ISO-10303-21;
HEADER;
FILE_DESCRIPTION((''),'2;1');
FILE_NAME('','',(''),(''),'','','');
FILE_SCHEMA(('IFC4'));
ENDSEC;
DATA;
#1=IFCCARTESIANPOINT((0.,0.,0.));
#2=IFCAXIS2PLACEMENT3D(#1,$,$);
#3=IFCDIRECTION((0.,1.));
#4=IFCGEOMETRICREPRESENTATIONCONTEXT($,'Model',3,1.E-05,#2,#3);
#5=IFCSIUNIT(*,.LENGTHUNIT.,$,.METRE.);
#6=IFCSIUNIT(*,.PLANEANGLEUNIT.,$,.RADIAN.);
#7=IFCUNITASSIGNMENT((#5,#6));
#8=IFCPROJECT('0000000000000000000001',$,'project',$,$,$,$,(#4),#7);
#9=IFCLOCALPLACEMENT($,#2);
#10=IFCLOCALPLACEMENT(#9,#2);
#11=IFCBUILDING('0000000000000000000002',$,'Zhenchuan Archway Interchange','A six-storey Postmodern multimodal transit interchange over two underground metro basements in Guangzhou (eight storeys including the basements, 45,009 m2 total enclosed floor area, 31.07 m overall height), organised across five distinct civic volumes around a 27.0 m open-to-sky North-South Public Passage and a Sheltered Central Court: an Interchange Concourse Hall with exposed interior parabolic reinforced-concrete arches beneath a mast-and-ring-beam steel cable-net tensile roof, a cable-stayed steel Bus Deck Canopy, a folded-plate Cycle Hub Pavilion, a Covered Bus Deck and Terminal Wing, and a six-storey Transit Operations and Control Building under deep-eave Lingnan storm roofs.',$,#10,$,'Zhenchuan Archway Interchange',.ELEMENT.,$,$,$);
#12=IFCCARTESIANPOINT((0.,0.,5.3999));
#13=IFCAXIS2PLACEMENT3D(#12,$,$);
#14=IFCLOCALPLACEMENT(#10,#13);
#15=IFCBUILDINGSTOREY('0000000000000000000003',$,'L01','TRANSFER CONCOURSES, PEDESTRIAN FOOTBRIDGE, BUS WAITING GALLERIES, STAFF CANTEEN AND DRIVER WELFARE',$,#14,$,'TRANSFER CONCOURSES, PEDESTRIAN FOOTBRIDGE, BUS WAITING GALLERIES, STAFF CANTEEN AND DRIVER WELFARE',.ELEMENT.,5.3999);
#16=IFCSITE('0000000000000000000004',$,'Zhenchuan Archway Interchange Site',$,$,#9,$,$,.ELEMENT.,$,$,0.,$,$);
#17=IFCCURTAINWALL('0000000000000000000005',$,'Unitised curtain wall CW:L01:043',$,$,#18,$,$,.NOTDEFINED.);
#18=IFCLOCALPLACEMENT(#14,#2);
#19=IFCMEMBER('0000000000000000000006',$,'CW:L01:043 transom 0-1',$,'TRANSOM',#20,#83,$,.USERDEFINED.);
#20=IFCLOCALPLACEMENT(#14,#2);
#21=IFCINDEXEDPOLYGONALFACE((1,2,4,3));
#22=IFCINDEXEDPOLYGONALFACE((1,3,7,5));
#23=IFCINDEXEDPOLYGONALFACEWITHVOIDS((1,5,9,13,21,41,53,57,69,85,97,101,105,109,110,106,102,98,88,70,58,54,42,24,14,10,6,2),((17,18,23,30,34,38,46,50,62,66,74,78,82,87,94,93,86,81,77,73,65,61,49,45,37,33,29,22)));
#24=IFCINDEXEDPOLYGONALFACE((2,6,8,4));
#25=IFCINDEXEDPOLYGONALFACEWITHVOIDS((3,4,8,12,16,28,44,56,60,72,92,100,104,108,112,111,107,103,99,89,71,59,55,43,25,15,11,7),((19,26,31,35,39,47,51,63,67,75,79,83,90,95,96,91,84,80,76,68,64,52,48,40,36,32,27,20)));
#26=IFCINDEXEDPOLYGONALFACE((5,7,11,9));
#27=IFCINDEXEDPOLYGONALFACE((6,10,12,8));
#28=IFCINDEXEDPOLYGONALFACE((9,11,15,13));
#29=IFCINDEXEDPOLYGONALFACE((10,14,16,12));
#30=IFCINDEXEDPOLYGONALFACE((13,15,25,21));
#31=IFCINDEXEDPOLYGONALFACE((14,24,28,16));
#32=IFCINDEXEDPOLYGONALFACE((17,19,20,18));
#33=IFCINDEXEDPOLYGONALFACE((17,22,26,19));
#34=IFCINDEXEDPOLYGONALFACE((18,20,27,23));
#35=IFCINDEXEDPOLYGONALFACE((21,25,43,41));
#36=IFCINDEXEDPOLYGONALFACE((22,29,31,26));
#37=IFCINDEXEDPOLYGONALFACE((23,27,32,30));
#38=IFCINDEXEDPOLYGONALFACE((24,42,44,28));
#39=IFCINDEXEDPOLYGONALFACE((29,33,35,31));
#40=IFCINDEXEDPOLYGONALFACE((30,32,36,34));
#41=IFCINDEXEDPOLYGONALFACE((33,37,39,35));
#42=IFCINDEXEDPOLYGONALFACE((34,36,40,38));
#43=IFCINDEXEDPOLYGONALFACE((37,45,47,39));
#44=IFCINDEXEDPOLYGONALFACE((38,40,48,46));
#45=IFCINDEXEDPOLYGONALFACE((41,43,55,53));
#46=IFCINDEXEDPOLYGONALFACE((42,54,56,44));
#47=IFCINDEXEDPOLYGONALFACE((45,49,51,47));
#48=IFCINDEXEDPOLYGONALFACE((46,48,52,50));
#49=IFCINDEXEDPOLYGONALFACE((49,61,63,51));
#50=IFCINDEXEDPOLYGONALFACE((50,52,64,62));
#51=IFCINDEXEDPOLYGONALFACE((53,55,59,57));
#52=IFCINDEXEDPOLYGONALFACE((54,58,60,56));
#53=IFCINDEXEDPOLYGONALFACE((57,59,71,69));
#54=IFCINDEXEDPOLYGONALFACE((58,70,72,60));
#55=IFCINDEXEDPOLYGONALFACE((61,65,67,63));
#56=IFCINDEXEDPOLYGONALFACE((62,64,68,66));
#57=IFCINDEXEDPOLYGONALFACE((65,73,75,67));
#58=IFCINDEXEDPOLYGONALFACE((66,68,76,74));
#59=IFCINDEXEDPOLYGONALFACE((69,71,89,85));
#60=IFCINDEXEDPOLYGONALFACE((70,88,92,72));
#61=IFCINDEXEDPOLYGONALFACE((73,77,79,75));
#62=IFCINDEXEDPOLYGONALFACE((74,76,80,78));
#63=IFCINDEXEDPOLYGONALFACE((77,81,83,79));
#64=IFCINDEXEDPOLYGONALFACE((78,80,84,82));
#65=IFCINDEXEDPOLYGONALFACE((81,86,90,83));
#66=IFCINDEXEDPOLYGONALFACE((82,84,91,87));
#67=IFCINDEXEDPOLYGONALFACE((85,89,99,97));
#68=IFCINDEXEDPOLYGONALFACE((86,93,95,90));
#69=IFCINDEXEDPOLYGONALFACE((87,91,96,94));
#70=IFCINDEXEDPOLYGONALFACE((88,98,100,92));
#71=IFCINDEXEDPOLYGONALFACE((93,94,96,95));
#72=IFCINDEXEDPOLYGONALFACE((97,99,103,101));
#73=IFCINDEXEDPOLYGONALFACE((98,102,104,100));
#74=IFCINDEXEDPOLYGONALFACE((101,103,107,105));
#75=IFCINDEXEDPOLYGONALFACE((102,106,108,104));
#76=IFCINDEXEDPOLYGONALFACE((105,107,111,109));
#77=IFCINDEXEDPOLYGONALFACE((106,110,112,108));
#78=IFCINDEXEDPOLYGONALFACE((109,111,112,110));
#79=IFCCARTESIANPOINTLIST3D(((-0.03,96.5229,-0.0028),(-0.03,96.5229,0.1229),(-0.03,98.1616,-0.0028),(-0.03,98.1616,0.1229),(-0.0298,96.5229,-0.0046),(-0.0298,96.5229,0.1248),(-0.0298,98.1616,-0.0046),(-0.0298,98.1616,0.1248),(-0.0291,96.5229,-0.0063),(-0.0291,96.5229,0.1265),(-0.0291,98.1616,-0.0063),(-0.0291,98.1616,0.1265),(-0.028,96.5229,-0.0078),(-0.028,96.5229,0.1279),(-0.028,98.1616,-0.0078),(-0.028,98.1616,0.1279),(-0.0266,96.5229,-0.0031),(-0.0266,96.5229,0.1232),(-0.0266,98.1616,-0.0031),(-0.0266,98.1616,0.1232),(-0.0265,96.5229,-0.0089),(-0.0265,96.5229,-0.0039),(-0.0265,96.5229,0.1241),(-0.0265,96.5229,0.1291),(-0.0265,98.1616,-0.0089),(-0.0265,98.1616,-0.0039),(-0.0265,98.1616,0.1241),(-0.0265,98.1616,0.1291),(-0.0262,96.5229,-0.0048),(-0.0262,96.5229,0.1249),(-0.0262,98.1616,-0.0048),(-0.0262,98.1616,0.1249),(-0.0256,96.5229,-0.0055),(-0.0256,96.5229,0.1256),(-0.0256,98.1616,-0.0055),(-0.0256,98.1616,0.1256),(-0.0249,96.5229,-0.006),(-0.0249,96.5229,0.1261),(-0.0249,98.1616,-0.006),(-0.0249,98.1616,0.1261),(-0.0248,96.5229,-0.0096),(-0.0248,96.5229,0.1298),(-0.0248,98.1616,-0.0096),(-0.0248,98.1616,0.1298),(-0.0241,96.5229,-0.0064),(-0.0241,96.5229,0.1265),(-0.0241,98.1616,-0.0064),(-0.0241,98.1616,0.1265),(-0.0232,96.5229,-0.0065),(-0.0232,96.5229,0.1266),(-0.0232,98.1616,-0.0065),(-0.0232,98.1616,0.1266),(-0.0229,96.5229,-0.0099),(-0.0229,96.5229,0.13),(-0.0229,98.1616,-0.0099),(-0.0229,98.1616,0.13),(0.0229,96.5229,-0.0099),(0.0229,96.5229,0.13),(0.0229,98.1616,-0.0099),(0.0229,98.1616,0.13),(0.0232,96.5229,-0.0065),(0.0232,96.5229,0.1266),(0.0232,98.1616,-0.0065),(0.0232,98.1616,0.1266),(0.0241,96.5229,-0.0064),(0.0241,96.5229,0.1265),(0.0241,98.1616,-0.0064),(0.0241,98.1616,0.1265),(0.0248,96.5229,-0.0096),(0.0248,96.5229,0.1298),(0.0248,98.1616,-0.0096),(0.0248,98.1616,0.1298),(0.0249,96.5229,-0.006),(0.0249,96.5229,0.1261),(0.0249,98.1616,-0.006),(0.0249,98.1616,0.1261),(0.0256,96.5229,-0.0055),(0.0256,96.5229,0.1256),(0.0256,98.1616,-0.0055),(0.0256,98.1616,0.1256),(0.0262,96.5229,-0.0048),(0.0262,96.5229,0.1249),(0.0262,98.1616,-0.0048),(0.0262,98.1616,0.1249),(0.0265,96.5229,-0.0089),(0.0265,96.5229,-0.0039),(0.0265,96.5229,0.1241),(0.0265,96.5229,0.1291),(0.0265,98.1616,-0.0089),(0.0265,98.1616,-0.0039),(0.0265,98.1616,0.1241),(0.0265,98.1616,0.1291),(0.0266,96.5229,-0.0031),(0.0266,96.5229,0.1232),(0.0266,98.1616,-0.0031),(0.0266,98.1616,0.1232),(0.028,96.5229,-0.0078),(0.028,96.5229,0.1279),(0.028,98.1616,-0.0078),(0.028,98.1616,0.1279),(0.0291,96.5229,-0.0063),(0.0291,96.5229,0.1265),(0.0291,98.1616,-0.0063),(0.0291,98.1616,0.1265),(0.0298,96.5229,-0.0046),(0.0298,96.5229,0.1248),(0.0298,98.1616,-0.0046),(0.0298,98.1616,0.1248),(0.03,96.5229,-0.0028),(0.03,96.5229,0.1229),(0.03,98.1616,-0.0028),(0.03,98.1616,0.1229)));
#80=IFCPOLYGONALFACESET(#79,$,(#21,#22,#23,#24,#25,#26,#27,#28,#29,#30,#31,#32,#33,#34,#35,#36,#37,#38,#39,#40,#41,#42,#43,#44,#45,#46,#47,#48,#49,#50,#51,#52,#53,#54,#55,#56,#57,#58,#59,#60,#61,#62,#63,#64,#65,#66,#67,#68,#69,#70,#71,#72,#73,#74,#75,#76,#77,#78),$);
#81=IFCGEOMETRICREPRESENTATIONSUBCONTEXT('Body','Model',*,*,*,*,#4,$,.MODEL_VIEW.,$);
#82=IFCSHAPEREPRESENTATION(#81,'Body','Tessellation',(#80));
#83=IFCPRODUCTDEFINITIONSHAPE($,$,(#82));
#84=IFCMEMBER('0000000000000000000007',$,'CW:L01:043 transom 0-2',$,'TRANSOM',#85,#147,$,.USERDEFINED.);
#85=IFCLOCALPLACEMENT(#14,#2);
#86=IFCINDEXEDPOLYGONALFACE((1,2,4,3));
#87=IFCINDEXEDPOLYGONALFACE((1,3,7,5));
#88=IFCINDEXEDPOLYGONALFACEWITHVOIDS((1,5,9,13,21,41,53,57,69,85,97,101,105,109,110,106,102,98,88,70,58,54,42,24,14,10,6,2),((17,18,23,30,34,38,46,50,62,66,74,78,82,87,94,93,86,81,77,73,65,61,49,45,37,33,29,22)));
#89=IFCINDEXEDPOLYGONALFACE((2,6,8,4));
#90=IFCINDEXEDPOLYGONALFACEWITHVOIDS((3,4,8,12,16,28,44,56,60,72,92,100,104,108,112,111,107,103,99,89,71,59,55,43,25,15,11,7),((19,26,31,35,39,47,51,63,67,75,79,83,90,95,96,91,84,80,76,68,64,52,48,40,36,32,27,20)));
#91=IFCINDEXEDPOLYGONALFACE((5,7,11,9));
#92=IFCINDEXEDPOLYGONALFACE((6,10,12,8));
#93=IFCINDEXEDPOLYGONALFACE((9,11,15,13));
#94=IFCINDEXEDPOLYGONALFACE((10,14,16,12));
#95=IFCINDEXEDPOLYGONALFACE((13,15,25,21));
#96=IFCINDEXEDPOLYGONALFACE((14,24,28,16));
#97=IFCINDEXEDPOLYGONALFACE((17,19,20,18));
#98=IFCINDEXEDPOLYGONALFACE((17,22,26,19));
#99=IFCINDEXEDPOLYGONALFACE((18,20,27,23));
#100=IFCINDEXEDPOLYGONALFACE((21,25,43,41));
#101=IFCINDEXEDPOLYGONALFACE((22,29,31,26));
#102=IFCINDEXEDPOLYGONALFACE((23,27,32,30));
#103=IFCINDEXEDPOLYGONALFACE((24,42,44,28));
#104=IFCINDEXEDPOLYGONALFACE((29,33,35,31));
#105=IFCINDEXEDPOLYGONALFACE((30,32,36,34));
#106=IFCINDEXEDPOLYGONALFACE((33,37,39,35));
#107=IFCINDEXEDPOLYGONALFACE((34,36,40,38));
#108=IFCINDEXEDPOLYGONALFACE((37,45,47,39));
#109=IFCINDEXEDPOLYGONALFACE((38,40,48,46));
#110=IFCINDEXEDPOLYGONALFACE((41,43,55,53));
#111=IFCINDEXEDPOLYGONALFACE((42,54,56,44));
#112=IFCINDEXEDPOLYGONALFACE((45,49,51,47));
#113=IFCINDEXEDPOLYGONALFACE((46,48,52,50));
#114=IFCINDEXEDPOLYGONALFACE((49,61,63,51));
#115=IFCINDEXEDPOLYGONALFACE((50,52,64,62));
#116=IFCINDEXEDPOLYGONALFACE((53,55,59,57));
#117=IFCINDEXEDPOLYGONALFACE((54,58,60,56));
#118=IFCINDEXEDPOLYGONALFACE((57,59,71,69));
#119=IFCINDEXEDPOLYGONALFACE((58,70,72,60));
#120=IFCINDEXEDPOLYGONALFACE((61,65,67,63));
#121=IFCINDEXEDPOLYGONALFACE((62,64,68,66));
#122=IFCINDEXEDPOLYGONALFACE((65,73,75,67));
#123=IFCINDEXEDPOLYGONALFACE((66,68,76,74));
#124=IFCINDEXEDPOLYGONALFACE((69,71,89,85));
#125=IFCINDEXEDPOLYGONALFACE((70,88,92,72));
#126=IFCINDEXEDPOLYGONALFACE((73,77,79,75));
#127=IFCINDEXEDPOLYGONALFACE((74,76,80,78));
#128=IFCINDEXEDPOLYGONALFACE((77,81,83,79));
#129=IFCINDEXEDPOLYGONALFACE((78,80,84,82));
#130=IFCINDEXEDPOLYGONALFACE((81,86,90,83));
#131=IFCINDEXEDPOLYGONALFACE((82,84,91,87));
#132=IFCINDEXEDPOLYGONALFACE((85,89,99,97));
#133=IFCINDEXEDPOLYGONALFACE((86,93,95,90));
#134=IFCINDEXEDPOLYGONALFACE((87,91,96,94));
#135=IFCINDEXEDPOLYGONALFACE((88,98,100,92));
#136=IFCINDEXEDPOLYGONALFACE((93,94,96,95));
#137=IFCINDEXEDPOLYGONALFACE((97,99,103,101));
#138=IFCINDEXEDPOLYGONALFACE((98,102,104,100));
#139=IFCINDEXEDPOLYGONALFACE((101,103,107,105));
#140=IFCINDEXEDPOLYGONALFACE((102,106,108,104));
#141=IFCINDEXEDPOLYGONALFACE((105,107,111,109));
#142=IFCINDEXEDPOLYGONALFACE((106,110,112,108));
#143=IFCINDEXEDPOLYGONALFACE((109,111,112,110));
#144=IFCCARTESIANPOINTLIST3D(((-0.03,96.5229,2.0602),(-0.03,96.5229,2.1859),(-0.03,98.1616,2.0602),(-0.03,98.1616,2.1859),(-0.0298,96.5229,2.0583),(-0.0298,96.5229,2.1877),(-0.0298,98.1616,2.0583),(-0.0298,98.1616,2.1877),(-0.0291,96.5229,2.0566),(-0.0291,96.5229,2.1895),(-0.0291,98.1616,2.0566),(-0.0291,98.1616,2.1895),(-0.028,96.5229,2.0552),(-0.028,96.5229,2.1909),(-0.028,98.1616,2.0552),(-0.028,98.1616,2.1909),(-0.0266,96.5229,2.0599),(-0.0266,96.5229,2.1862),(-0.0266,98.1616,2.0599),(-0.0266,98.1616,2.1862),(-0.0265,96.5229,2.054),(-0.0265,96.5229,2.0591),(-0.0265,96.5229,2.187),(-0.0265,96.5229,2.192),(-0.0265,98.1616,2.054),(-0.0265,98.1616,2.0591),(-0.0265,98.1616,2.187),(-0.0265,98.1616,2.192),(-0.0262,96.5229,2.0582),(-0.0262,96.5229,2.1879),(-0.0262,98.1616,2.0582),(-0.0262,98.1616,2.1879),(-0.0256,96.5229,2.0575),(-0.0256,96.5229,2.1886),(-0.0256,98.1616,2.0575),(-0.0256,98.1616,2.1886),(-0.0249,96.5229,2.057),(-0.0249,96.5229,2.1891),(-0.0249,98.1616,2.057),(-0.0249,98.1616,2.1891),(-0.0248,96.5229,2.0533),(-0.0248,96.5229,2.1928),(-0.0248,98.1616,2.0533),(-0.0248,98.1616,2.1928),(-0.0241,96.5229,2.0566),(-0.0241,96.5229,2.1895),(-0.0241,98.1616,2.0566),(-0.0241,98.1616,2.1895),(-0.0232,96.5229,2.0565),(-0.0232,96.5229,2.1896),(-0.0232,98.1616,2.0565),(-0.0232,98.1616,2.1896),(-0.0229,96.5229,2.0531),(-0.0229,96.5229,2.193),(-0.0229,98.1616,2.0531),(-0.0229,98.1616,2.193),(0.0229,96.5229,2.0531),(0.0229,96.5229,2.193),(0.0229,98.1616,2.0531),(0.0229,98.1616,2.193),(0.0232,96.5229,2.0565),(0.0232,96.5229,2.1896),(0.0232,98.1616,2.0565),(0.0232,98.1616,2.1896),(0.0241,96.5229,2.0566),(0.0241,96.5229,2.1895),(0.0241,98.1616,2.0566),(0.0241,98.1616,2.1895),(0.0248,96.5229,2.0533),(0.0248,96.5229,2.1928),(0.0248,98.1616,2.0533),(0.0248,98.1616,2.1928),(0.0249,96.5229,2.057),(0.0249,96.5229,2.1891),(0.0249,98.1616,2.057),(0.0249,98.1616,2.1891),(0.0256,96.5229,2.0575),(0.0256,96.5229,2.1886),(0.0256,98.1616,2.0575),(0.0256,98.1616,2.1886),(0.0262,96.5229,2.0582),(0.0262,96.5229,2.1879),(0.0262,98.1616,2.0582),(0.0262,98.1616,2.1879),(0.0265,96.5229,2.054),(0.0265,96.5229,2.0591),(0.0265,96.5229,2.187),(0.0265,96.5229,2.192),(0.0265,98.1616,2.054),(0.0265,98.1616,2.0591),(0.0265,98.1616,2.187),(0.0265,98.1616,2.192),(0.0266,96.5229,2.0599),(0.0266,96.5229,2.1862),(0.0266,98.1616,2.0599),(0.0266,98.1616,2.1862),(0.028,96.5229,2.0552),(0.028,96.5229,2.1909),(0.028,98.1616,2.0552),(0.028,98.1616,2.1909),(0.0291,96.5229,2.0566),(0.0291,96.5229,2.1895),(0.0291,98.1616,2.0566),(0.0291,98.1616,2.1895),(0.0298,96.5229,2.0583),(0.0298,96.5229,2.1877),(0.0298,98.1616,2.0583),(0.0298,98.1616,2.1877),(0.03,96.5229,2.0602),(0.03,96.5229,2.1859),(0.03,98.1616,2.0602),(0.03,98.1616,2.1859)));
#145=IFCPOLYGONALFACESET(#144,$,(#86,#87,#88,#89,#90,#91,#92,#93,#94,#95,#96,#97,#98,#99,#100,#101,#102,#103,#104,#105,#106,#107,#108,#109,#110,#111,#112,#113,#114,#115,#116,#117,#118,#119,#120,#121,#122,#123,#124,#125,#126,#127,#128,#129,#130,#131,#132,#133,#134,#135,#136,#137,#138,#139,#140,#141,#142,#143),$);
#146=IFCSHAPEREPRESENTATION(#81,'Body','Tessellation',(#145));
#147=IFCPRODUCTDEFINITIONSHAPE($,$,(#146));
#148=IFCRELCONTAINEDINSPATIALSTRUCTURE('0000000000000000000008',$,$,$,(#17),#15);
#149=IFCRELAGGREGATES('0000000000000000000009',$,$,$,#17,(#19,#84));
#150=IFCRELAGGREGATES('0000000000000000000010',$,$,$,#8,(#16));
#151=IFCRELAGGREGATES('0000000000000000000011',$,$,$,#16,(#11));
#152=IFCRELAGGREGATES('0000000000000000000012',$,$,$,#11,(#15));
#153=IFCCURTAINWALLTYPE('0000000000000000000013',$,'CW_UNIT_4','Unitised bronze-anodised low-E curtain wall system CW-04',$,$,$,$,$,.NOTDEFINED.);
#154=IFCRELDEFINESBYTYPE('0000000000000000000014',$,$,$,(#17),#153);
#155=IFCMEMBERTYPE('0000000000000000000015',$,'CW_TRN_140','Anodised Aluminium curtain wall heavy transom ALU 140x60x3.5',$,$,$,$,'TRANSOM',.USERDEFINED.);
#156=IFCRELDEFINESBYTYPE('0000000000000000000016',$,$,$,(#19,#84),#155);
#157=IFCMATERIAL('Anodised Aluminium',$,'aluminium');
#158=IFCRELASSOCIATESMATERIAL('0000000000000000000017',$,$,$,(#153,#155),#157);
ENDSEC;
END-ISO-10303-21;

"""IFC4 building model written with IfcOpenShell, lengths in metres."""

from ifc_helpers import new_model, si_unit, direction, frame, origin, origin_2d, place, context, subcontext, project, spatial, hollow_rectangle, extrude, material, material_profile, profile_set, type_object, element, aggregate, save


model = new_model("IFC4")

# Units and contexts
model_context = context("Model", 3, precision=1e-05, world=origin(), true_north=direction((0.0, 1.0)))
body_context = subcontext(model_context, "Body", "Model", "MODEL_VIEW")
ifc_project = project(units=[si_unit("LENGTHUNIT", "METRE"), si_unit("PLANEANGLEUNIT", "RADIAN")], contexts=[model_context])

# Site, building, storey
site_placement = place(None, origin())
site = spatial("IfcSite", under=ifc_project, at=site_placement, Name="Zhenchuan Archway Interchange Site", CompositionType="ELEMENT", RefElevation=0.0)
building_placement = place(site_placement, origin())
building = spatial("IfcBuilding", under=site, at=building_placement, Name="Zhenchuan Archway Interchange", Description="A six-storey Postmodern multimodal transit interchange over two underground metro basements in Guangzhou (eight storeys including the basements, 45,009 m2 total enclosed floor area, 31.07 m overall height), organised across five distinct civic volumes around a 27.0 m open-to-sky North-South Public Passage and a Sheltered Central Court: an Interchange Concourse Hall with exposed interior parabolic reinforced-concrete arches beneath a mast-and-ring-beam steel cable-net tensile roof, a cable-stayed steel Bus Deck Canopy, a folded-plate Cycle Hub Pavilion, a Covered Bus Deck and Terminal Wing, and a six-storey Transit Operations and Control Building under deep-eave Lingnan storm roofs.", LongName="Zhenchuan Archway Interchange", CompositionType="ELEMENT")
storey_placement = place(building_placement, frame((0.0, 0.0, 5.3999)))
storey = spatial("IfcBuildingStorey", under=building, at=storey_placement, Name="L01", Description="TRANSFER CONCOURSES, PEDESTRIAN FOOTBRIDGE, BUS WAITING GALLERIES, STAFF CANTEEN AND DRIVER WELFARE", LongName="TRANSFER CONCOURSES, PEDESTRIAN FOOTBRIDGE, BUS WAITING GALLERIES, STAFF CANTEEN AND DRIVER WELFARE", CompositionType="ELEMENT", Elevation=5.3999)

# Curtain wall, members
ifc_material_1 = material(Name="Anodised Aluminium", Category="aluminium")
curtain_wall_type = type_object("IfcCurtainWallType", Name="CW_UNIT_4", Description="Unitised bronze-anodised low-E curtain wall system CW-04", PredefinedType="NOTDEFINED", material=ifc_material_1)
curtain_wall_placement = place(storey_placement, origin())
curtain_wall = element("IfcCurtainWall", 1, at=curtain_wall_placement, inside=storey, type_object=curtain_wall_type, Name="Unitised curtain wall CW:L01:043", PredefinedType="NOTDEFINED")
ifc_material_profile_1 = material_profile(ifc_material_1, hollow_rectangle(XDim=0.0601, YDim=0.1399, WallThickness=0.0034, InnerFilletRadius=0.0034, OuterFilletRadius=0.0071, at=origin_2d()), Name="ALU 140x60x3.5")
ifc_profile_set_1 = profile_set([ifc_material_profile_1], Name="Anodised Aluminium")
member_type_1 = type_object("IfcMemberType", Name="CW_TRN_140", Description="Anodised Aluminium curtain wall heavy transom ALU 140x60x3.5", ElementType="TRANSOM", PredefinedType="USERDEFINED", material=ifc_profile_set_1)
member_1_placement = place(storey_placement, frame((0.0, 96.5229, 0.0601), z_axis=(0.0, 1.0, 0.0), x_axis=(-1.0, 0.0, 0.0)))
member_1 = element("IfcMember", 2, at=member_1_placement, type_object=member_type_1, Name="CW:L01:043 transom 0-1", ObjectType="TRANSOM", PredefinedType="USERDEFINED", context=body_context, shape_type="SweptSolid", body=[
    extrude(hollow_rectangle(XDim=0.0601, YDim=0.1399, WallThickness=0.0034, InnerFilletRadius=0.0034, OuterFilletRadius=0.0071, at=origin_2d()), origin(), (0.0, 0.0, 1.0), 1.6387),
])
member_2_placement = place(storey_placement, frame((0.0, 96.5229, 2.123), z_axis=(0.0, 1.0, 0.0), x_axis=(-1.0, 0.0, 0.0)))
member_2 = element("IfcMember", 3, at=member_2_placement, type_object=member_type_1, Name="CW:L01:043 transom 0-2", ObjectType="TRANSOM", PredefinedType="USERDEFINED", context=body_context, shape_type="SweptSolid", body=[
    extrude(hollow_rectangle(XDim=0.0601, YDim=0.1399, WallThickness=0.0034, InnerFilletRadius=0.0034, OuterFilletRadius=0.0071, at=origin_2d()), origin(), (0.0, 0.0, 1.0), 1.6387),
])

aggregate(curtain_wall, [member_1, member_2])

save(model, "model.ifc")
